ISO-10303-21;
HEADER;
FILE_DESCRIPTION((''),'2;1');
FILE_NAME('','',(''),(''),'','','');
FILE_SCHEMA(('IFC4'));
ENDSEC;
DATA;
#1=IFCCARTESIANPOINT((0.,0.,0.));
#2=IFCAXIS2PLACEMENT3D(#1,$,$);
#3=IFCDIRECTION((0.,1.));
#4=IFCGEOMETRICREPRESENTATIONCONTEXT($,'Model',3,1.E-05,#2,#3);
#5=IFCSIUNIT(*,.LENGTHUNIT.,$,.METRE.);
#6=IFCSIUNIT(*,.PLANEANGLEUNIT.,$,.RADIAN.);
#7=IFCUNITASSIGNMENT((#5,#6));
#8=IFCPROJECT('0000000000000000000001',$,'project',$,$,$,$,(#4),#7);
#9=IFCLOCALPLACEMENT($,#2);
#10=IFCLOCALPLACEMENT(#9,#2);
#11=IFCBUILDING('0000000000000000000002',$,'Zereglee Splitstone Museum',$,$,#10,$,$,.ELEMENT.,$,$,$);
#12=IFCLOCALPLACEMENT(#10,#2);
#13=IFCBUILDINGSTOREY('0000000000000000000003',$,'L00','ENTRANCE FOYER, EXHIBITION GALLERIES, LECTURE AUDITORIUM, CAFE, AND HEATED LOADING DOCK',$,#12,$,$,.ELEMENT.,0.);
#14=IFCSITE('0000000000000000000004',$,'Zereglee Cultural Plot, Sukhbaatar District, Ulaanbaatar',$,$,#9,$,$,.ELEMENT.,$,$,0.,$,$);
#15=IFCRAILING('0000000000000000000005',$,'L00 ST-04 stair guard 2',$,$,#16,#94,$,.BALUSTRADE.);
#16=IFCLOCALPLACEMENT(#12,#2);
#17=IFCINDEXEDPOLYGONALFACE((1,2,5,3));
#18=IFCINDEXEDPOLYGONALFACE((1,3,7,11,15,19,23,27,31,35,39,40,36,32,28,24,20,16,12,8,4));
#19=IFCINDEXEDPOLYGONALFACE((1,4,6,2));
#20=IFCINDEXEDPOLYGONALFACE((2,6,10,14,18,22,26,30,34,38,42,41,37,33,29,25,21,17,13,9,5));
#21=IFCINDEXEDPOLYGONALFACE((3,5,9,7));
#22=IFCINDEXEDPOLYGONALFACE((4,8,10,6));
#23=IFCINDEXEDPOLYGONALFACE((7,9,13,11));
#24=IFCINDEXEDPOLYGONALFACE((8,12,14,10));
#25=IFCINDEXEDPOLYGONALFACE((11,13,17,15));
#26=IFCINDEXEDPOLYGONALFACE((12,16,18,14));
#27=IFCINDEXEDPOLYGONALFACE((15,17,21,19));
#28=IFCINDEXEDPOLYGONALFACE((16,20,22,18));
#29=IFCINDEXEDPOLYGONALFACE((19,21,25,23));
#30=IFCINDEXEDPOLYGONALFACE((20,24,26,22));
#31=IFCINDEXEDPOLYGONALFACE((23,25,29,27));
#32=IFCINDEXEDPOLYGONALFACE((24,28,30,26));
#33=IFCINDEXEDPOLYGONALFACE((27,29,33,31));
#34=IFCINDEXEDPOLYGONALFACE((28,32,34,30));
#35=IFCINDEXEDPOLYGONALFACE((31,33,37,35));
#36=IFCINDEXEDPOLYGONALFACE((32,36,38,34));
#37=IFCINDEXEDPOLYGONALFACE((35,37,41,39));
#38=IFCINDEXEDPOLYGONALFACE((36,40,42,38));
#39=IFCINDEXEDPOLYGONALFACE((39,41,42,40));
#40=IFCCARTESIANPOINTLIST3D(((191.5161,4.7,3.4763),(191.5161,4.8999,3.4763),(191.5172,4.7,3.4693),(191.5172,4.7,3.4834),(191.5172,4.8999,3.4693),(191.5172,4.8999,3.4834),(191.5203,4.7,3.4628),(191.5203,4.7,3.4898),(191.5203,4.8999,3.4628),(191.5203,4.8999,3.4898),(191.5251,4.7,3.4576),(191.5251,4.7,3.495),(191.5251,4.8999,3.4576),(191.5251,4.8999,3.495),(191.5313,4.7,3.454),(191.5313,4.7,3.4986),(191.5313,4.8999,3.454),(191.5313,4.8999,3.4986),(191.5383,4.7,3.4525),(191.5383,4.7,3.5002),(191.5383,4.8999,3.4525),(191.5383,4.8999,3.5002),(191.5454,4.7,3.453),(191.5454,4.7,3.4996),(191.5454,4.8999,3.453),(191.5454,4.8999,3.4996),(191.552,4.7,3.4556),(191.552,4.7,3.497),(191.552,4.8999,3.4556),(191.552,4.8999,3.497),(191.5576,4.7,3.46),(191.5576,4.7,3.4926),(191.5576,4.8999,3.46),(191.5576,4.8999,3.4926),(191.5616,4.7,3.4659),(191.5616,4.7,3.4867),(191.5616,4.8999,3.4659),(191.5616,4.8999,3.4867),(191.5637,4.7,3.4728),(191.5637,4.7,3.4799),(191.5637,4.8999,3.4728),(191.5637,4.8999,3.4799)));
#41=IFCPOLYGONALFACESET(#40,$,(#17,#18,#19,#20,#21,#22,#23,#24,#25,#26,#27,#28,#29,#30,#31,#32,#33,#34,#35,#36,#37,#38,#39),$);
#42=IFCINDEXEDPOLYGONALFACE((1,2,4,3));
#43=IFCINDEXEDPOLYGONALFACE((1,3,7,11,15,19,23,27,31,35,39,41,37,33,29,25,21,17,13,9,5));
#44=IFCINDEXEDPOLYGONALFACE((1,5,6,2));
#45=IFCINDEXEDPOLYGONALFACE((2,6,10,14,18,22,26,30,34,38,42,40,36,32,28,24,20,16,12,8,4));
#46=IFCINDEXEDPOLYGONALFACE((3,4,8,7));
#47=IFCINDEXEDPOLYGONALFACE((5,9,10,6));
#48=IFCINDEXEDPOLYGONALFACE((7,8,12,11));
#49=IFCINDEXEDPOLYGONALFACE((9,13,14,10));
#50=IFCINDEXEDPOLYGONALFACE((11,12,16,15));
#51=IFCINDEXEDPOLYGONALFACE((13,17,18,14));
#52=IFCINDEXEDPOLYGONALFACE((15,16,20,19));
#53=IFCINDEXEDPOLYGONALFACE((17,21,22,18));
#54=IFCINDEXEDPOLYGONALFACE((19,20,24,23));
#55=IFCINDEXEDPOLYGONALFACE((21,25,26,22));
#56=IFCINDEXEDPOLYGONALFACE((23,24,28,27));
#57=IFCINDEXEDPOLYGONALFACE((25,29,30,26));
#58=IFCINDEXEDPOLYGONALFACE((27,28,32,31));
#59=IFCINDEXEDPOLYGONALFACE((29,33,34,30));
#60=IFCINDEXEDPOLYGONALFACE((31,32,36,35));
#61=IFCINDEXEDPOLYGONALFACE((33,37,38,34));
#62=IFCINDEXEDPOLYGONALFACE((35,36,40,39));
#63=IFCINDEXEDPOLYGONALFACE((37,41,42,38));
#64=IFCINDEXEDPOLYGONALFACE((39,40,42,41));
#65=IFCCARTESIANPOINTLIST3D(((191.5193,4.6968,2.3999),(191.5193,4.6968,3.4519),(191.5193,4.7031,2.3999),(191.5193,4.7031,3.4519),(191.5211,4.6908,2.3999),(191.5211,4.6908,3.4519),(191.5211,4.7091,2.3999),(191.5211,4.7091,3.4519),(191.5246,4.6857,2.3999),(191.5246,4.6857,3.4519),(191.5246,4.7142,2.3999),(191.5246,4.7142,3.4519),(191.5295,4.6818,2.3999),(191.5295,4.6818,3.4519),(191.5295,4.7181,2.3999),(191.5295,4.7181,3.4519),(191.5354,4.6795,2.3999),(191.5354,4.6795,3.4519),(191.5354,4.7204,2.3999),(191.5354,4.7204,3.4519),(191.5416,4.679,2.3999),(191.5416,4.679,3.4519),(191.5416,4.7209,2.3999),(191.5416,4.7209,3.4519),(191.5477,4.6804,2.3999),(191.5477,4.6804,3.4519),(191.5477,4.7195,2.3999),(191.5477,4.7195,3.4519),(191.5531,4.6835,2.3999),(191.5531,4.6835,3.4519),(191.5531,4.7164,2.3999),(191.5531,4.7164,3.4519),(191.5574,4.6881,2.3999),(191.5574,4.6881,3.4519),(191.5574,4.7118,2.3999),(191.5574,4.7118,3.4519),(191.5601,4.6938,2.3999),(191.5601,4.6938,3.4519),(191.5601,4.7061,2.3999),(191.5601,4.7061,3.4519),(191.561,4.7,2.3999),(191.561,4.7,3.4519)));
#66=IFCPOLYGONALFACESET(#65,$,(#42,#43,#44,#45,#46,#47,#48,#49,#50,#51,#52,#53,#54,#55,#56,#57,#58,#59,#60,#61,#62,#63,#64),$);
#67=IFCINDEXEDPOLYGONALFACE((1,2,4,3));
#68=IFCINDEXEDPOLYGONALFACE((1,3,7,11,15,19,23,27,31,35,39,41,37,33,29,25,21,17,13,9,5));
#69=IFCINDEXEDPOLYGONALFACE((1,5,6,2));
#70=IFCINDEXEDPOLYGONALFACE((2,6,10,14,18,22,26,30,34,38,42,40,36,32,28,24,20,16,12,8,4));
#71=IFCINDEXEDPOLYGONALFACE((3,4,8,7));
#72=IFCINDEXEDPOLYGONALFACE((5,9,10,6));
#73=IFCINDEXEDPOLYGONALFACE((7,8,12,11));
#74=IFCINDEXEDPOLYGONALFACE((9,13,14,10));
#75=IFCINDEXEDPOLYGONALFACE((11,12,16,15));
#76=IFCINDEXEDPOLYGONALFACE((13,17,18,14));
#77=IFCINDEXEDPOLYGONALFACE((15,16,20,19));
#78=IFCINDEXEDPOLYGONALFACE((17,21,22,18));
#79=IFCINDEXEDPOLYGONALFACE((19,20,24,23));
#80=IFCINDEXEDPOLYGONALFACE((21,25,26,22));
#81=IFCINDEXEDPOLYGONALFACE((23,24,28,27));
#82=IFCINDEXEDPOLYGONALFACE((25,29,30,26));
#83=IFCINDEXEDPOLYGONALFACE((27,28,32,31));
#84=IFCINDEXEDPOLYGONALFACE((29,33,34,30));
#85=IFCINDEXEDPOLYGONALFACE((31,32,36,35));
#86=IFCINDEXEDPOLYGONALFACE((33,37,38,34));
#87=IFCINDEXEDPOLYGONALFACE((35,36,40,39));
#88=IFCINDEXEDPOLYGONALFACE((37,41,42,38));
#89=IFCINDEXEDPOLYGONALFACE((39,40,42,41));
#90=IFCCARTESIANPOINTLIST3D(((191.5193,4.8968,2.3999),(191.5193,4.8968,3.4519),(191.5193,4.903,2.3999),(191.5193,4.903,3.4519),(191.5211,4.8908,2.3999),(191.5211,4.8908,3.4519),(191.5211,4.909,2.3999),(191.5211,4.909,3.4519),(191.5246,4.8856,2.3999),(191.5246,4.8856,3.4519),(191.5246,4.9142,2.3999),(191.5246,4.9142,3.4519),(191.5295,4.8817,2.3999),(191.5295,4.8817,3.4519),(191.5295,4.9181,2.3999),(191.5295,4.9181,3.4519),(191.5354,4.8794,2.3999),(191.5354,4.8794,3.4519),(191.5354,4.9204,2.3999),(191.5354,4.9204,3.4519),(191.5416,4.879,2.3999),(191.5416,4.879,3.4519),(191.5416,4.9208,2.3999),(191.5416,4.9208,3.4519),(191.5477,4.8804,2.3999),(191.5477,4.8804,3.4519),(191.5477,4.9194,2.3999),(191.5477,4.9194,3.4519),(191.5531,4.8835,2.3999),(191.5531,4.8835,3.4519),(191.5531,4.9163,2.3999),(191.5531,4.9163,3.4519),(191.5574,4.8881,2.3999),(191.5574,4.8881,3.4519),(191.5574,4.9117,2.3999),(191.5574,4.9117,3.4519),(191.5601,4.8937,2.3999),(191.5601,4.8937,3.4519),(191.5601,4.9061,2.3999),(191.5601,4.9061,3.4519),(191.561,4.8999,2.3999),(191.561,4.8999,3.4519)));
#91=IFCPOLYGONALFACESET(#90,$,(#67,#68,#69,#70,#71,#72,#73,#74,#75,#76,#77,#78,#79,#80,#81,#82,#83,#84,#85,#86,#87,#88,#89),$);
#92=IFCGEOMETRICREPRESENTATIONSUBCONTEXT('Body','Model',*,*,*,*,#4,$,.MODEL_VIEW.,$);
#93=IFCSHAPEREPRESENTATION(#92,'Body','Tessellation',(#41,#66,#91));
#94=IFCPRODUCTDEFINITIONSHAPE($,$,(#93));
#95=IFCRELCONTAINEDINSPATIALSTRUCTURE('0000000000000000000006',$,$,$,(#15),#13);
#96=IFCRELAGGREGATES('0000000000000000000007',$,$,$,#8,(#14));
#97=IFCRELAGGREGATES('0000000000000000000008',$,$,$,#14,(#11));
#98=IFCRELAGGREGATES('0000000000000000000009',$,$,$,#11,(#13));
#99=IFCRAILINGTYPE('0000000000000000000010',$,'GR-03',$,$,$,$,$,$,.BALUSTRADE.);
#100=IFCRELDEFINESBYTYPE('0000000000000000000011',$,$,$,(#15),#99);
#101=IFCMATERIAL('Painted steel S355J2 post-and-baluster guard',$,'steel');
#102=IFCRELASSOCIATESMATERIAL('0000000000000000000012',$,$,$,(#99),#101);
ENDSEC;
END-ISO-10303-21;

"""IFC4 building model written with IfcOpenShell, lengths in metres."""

from ifc_helpers import new_model, si_unit, direction, frame, origin, origin_2d, place, context, subcontext, project, spatial, circle, extrude, material, type_object, element, save


model = new_model("IFC4")

# Units and contexts
model_context = context("Model", 3, precision=1e-05, world=origin(), true_north=direction((0.0, 1.0)))
body_context = subcontext(model_context, "Body", "Model", "MODEL_VIEW")
ifc_project = project(units=[si_unit("LENGTHUNIT", "METRE"), si_unit("PLANEANGLEUNIT", "RADIAN")], contexts=[model_context])

# Site, building, storey
site_placement = place(None, origin())
site = spatial("IfcSite", under=ifc_project, at=site_placement, Name="Zereglee Cultural Plot, Sukhbaatar District, Ulaanbaatar", CompositionType="ELEMENT", RefElevation=0.0)
building_placement = place(site_placement, origin())
building = spatial("IfcBuilding", under=site, at=building_placement, Name="Zereglee Splitstone Museum", CompositionType="ELEMENT")
storey_placement = place(building_placement, origin())
storey = spatial("IfcBuildingStorey", under=building, at=storey_placement, Name="L00", Description="ENTRANCE FOYER, EXHIBITION GALLERIES, LECTURE AUDITORIUM, CAFE, AND HEATED LOADING DOCK", CompositionType="ELEMENT", Elevation=0.0)

# Railing
ifc_material_1 = material(Name="Painted steel S355J2 post-and-baluster guard", Category="steel")
railing_type_1 = type_object("IfcRailingType", Name="GR-03", PredefinedType="BALUSTRADE", material=ifc_material_1)
railing_1_placement = place(storey_placement, frame((191.54, 4.7, 2.3999)))
element("IfcRailing", 1, at=railing_1_placement, inside=storey, type_object=railing_type_1, Name="L00 ST-04 stair guard 2", PredefinedType="BALUSTRADE", context=body_context, shape_type="SweptSolid", body=[
    extrude(circle(Radius=0.0239, at=origin_2d()), frame((0.0, 0.0, 1.0764), z_axis=(0.0, 1.0, 0.0), x_axis=(-1.0, 0.0, 0.0)), (0.0, 0.0, 1.0), 0.2),
    extrude(circle(Radius=0.021, at=origin_2d()), origin(), (0.0, 0.0, 1.0), 1.052),
    extrude(circle(Radius=0.021, at=origin_2d()), frame((0.0, 0.2, 0.0)), (0.0, 0.0, 1.0), 1.052),
])

save(model, "model.ifc")
